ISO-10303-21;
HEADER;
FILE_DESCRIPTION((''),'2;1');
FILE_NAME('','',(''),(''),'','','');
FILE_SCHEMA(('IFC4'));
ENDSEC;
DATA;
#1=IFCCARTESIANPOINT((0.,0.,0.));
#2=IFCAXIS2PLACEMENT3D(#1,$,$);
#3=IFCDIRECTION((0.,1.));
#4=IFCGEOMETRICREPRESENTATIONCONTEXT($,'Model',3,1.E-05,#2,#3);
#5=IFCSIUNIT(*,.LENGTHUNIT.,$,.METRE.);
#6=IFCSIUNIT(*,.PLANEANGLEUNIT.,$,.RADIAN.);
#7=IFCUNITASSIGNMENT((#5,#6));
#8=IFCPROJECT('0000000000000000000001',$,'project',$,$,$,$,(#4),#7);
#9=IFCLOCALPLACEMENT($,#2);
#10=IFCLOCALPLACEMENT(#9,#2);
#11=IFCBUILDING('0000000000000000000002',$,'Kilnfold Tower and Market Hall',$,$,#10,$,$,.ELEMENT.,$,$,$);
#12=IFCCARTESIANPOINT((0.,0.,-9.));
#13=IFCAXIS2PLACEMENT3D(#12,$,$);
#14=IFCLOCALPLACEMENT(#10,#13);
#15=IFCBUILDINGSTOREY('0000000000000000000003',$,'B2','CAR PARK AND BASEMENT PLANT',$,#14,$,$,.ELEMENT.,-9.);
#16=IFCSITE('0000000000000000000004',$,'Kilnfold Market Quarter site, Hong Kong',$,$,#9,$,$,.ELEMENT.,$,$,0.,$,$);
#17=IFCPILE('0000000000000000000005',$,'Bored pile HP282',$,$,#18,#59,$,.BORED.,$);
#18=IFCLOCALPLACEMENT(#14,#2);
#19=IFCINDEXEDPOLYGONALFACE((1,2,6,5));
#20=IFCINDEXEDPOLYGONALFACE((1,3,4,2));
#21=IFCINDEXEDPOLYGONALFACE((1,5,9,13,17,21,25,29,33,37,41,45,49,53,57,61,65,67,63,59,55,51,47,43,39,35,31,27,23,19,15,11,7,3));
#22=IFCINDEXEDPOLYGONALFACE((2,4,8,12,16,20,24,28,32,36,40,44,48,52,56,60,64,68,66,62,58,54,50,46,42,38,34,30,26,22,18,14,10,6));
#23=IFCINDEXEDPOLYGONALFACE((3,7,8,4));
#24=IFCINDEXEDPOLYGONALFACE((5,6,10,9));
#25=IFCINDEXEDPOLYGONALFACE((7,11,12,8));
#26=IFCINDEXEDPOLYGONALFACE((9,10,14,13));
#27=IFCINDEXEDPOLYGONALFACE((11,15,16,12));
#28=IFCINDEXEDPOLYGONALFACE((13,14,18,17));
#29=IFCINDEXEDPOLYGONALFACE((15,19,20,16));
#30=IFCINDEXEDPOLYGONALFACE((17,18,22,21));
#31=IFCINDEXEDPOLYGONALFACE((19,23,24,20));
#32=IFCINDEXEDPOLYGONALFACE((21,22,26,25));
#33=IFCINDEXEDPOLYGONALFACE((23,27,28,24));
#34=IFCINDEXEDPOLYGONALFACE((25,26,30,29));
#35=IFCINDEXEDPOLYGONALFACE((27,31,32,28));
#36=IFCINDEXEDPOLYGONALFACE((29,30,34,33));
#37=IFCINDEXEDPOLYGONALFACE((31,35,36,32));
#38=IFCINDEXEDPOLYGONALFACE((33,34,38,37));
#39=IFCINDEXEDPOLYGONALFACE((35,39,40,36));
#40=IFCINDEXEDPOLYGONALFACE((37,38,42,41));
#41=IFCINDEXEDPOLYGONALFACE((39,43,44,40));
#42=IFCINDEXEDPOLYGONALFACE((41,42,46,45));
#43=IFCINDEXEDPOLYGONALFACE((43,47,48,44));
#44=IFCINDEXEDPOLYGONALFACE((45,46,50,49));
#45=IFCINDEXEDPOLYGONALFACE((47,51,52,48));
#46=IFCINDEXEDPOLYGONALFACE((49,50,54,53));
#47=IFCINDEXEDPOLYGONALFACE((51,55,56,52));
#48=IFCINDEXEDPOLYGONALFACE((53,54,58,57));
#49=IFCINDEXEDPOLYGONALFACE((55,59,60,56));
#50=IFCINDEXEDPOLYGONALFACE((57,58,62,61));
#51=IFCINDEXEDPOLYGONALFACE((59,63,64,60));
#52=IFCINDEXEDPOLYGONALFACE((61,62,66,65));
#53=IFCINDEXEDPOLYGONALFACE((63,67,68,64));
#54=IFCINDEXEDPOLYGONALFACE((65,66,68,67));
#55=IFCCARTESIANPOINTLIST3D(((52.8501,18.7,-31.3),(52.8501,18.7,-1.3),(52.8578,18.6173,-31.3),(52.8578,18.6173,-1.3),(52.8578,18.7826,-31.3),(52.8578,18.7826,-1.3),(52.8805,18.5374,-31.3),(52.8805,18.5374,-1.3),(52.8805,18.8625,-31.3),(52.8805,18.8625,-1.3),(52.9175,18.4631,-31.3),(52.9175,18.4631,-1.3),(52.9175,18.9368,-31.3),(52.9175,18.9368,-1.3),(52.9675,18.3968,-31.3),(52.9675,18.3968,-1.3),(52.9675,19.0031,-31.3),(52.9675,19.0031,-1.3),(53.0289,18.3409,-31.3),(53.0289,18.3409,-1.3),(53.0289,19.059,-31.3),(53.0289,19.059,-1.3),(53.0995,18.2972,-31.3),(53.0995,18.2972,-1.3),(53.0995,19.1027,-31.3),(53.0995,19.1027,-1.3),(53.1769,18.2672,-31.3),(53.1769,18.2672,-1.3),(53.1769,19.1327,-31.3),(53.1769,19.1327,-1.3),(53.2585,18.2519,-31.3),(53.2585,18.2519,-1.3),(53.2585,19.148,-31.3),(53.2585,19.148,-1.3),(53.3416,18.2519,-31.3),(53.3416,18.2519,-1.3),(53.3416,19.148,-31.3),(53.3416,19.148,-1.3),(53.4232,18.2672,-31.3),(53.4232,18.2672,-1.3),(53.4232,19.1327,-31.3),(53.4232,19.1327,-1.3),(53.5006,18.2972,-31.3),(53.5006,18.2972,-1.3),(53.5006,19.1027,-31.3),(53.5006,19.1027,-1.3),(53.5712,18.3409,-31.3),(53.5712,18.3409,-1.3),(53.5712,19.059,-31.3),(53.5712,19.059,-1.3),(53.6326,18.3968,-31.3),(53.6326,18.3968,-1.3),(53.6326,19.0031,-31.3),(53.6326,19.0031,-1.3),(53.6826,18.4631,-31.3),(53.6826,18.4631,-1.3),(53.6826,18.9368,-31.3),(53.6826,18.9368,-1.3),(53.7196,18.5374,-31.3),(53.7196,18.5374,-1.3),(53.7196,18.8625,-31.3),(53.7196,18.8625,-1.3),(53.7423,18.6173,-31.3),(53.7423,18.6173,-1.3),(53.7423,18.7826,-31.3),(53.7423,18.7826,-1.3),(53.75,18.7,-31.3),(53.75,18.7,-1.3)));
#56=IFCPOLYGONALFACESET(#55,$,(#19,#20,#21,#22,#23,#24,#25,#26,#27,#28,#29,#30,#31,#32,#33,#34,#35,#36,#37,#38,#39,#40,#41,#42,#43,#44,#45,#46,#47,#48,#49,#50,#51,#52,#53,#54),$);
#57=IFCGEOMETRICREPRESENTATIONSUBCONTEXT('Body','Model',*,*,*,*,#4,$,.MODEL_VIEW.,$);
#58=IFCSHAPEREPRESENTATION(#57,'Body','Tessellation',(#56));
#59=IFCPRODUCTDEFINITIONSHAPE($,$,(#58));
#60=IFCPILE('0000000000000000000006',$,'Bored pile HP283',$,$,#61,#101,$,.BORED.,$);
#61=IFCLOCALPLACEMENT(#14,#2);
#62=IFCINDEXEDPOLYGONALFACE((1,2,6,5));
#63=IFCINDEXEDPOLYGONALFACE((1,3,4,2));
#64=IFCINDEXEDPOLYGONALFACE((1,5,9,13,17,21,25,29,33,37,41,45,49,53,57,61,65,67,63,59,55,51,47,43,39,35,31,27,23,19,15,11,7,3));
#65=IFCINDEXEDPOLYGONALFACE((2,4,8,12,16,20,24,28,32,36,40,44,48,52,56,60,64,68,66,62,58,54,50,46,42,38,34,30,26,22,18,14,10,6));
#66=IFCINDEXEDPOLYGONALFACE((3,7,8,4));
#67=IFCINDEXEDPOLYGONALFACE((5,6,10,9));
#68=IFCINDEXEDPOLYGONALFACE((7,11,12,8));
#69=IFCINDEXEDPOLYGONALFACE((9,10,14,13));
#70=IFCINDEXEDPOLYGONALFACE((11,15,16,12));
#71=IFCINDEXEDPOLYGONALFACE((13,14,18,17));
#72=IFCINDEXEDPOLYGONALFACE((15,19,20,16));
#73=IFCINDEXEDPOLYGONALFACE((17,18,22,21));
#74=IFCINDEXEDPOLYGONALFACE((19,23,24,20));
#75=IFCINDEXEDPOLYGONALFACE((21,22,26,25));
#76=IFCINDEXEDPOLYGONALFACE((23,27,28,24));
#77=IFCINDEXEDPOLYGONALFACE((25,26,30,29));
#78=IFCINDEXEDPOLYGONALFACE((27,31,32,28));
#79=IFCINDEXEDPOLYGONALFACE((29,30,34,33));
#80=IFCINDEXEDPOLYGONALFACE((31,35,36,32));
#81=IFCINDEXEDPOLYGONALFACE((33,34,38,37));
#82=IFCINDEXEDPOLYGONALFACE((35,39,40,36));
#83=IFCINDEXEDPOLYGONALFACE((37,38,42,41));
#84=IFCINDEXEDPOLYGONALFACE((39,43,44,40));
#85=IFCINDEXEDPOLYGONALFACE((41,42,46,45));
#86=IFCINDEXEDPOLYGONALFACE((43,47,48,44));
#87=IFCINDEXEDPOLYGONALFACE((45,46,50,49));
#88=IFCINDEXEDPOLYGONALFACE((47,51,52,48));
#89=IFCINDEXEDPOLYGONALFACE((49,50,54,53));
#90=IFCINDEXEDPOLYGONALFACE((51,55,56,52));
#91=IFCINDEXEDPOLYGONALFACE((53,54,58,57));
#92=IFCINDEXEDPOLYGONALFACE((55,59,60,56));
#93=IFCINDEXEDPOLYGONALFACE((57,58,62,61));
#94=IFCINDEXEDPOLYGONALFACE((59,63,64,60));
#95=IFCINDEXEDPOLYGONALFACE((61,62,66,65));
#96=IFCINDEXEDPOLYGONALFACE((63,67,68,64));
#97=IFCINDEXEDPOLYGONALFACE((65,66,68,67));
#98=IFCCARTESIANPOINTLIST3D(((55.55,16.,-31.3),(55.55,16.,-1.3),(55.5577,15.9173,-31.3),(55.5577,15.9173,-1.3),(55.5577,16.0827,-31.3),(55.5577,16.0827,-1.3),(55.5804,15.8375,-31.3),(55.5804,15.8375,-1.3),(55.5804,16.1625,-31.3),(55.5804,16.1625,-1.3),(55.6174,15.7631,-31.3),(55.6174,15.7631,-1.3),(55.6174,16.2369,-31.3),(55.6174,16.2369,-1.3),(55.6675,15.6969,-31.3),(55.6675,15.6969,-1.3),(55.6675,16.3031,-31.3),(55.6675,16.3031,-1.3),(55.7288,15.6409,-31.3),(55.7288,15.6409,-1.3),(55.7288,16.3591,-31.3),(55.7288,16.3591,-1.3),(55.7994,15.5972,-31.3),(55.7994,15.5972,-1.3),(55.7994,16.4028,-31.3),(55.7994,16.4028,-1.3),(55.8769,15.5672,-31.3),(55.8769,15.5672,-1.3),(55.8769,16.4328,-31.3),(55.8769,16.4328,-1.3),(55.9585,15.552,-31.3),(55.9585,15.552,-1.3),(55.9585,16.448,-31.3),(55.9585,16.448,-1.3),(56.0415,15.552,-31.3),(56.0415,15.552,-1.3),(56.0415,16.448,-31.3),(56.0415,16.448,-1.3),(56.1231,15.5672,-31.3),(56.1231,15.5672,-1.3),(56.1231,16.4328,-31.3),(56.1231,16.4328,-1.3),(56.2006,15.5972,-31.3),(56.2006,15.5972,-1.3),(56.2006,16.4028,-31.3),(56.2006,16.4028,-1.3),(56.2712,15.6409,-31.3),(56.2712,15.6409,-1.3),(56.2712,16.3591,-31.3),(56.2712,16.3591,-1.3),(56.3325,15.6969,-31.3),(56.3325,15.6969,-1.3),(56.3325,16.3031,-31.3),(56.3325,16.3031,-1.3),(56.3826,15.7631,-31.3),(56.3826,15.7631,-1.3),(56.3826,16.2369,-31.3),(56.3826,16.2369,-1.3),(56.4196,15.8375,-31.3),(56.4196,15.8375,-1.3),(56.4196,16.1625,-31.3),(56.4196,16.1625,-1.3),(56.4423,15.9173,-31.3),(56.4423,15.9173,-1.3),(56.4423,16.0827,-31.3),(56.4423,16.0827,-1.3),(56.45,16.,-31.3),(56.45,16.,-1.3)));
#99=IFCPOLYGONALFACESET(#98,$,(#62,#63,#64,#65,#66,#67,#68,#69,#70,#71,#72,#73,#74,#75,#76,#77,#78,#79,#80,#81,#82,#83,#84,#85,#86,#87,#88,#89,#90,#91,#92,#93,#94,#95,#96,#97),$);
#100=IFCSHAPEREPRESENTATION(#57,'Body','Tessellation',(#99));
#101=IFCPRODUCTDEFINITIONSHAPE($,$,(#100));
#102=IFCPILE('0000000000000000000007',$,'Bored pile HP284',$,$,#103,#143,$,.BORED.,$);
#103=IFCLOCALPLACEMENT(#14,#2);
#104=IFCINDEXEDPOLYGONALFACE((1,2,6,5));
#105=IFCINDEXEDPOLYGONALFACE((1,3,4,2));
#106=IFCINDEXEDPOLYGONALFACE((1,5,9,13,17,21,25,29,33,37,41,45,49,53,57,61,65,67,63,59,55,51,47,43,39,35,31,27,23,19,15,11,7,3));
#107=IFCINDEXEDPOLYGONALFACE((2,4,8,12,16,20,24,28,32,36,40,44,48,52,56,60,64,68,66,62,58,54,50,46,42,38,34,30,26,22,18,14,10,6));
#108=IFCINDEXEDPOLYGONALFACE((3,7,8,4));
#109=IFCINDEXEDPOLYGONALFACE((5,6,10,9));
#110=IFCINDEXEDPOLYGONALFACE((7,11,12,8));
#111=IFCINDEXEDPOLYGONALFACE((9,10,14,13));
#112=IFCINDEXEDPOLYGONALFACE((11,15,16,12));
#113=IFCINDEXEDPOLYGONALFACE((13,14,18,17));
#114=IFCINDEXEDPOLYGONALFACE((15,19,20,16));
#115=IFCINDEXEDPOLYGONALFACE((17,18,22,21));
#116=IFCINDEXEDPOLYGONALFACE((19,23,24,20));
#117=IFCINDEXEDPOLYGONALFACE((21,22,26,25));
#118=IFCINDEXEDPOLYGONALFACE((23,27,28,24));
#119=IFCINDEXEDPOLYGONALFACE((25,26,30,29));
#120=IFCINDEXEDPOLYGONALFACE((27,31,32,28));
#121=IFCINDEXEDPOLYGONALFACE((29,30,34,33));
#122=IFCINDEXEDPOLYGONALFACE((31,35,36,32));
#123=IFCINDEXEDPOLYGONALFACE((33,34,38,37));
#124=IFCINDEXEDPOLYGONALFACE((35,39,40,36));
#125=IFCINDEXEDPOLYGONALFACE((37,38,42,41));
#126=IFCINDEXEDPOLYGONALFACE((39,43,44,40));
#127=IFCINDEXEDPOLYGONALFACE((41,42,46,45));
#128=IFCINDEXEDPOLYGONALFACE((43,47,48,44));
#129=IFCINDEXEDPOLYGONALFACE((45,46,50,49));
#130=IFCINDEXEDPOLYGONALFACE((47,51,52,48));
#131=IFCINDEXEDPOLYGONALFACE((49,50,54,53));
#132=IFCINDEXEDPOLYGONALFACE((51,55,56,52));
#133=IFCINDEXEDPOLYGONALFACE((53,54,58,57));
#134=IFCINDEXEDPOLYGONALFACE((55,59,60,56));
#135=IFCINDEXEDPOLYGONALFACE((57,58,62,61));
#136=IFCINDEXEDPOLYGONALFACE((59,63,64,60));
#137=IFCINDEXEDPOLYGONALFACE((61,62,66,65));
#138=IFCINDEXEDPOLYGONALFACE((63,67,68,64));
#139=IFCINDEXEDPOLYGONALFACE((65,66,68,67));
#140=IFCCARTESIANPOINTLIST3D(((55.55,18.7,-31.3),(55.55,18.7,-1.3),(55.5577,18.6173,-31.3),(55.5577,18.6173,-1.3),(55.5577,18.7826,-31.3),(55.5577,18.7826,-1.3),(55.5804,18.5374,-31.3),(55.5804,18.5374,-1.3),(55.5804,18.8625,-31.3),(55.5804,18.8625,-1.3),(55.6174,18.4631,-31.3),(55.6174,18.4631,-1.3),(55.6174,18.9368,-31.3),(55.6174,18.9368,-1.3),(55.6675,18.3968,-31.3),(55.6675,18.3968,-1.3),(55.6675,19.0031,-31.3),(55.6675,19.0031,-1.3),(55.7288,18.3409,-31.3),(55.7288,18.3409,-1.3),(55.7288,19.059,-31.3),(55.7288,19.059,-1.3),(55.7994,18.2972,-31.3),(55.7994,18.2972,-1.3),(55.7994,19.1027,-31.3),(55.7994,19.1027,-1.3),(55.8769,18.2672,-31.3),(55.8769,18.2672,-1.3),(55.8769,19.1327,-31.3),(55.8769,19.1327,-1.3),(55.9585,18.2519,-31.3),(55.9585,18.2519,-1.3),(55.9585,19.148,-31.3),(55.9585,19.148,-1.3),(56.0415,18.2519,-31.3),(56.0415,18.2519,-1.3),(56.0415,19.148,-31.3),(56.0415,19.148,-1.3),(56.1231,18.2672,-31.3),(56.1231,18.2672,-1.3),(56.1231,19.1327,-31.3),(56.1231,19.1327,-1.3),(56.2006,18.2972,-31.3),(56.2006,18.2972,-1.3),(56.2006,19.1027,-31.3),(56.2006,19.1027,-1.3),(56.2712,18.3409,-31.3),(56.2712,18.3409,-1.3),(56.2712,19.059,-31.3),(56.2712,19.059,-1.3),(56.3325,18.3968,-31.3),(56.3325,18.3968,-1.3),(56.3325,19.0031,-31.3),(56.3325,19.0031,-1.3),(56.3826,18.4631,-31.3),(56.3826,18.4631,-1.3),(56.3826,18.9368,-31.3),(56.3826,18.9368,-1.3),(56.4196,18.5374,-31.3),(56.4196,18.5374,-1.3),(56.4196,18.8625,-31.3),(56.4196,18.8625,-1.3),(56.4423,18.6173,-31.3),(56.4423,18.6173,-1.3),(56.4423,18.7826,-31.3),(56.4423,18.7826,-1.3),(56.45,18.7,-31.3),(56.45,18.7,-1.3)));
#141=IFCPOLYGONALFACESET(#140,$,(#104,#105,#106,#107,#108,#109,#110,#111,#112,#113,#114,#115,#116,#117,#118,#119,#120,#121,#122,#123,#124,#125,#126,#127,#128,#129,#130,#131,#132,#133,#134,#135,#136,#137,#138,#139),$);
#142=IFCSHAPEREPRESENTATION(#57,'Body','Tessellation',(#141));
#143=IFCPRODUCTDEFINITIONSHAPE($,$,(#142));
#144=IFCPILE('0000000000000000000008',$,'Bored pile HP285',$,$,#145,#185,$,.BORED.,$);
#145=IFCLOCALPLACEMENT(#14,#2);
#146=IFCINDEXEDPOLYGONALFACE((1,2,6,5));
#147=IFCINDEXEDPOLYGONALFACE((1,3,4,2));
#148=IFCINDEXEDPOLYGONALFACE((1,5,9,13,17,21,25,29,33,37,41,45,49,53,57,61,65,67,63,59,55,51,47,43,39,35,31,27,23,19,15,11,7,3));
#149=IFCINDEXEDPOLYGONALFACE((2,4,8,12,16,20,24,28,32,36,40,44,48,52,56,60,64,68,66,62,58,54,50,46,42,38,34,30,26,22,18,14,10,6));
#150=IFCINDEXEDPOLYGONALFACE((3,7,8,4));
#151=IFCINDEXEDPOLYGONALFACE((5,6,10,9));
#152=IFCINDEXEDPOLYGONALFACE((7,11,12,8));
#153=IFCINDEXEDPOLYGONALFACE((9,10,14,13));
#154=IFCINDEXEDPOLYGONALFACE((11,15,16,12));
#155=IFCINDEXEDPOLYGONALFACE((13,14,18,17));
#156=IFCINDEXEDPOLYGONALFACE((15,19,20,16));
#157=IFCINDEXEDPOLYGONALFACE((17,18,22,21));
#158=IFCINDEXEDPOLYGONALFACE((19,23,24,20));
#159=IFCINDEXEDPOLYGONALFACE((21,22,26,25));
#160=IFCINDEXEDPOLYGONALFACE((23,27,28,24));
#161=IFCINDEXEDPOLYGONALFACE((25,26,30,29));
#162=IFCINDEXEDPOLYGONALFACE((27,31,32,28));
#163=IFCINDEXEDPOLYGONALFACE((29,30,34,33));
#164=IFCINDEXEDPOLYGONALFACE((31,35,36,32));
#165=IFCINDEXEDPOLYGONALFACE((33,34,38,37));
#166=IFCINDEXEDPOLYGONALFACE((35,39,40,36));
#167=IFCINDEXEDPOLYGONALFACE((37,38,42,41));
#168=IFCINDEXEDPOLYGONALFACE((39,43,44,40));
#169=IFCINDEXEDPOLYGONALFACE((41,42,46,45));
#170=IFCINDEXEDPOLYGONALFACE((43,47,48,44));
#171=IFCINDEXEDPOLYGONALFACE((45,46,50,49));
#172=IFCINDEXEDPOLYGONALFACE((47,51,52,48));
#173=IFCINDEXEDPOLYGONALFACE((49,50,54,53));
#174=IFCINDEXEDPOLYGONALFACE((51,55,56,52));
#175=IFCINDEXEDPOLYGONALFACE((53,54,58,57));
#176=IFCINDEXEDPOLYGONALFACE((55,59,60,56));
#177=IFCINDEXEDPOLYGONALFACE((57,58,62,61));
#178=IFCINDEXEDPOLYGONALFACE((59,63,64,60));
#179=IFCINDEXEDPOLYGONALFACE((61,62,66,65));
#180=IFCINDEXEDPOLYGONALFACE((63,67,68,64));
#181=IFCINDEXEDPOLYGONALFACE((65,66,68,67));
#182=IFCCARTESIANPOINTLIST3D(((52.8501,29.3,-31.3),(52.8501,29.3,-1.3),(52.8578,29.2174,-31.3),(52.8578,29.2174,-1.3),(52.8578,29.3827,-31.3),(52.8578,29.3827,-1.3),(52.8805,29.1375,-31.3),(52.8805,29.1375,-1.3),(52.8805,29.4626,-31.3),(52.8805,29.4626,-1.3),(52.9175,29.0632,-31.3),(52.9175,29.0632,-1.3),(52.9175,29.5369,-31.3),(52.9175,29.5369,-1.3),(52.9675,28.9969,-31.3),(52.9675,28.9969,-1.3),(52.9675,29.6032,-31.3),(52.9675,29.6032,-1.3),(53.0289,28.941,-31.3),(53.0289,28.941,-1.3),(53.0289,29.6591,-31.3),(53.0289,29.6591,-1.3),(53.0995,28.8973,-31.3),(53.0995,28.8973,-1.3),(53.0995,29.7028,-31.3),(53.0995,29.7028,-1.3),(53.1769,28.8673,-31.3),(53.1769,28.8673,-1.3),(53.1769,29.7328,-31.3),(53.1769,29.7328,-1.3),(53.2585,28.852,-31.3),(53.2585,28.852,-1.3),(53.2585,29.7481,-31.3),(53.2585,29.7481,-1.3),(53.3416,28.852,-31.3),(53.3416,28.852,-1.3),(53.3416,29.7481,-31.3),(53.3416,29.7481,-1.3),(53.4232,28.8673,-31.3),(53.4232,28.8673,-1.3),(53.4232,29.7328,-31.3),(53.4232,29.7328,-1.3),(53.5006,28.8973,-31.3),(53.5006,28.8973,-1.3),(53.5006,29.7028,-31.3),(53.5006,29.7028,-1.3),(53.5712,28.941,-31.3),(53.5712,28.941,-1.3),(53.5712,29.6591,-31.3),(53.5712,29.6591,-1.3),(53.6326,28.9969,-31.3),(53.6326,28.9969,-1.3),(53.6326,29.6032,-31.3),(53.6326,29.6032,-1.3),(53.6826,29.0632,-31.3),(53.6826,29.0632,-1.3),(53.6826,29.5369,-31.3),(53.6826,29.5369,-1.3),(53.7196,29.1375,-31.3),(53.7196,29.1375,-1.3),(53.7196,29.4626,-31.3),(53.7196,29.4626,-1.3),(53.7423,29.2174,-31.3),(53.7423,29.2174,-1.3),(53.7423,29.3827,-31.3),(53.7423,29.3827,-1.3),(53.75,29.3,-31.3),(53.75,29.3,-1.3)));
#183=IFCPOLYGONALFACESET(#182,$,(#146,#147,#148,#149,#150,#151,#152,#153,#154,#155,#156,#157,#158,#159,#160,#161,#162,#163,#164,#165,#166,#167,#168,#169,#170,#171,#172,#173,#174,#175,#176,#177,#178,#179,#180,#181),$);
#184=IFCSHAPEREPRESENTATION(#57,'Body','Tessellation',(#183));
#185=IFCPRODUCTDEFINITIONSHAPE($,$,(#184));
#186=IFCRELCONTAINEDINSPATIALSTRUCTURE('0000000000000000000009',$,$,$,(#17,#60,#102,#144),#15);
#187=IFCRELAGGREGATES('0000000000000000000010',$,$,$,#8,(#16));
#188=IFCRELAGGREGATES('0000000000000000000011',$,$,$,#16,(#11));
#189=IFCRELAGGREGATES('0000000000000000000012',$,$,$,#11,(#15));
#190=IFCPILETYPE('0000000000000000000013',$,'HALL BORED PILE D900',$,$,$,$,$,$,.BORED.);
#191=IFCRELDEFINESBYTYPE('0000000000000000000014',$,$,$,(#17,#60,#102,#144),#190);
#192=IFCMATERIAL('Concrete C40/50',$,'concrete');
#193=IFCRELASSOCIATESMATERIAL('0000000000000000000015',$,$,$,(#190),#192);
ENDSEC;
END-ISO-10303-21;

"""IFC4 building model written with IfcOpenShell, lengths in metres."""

from ifc_helpers import new_model, si_unit, direction, frame, origin, origin_2d, place, context, subcontext, project, spatial, circle, extrude, source, transform, mapped, material, material_profile, profile_set, type_object, element, save


model = new_model("IFC4")

# Units and contexts
model_context = context("Model", 3, precision=1e-05, world=origin(), true_north=direction((0.0, 1.0)))
body_context = subcontext(model_context, "Body", "Model", "MODEL_VIEW")
ifc_project = project(units=[si_unit("LENGTHUNIT", "METRE"), si_unit("PLANEANGLEUNIT", "RADIAN")], contexts=[model_context])

# Site, building, storey
site_placement = place(None, origin())
site = spatial("IfcSite", under=ifc_project, at=site_placement, Name="Kilnfold Market Quarter site, Hong Kong", CompositionType="ELEMENT", RefElevation=0.0)
building_placement = place(site_placement, origin())
building = spatial("IfcBuilding", under=site, at=building_placement, Name="Kilnfold Tower and Market Hall", CompositionType="ELEMENT")
storey_placement = place(building_placement, frame((0.0, 0.0, -9.0)))
storey = spatial("IfcBuildingStorey", under=building, at=storey_placement, Name="B2", Description="CAR PARK AND BASEMENT PLANT", CompositionType="ELEMENT", Elevation=-9.0)

# Piles
ifc_material_1 = material(Name="Concrete C40/50", Category="concrete")
ifc_material_profile_1 = material_profile(ifc_material_1, circle(Radius=0.45, at=origin_2d()), Name="D900")
ifc_profile_set_1 = profile_set([ifc_material_profile_1], Name="Concrete C40/50")
pile_type = type_object("IfcPileType", Name="HALL BORED PILE D900", PredefinedType="BORED", material=ifc_profile_set_1)
shared_shape_1 = source(origin(), body_context, "Body", "SweptSolid", [
    extrude(circle(Radius=0.45, at=origin_2d()), origin(), (0.0, 0.0, 1.0), 30.0),
])
for number, where, z_axis, x_axis, name in (
    (1, (53.3, 18.7, -1.3), (0.0, 0.0, -1.0), (1.0, 0.0, 0.0), "Bored pile HP282"),
    (2, (56.0, 16.0, -1.3), (0.0, 0.0, -1.0), (1.0, 0.0, 0.0), "Bored pile HP283"),
    (3, (56.0, 18.7, -1.3), (0.0, 0.0, -1.0), (1.0, 0.0, 0.0), "Bored pile HP284"),
    (4, (53.3, 29.3, -1.3), (0.0, 0.0, -1.0), (1.0, 0.0, 0.0), "Bored pile HP285"),
):
    element("IfcPile", number, at=place(storey_placement, frame(where, z_axis=z_axis, x_axis=x_axis)), inside=storey, type_object=pile_type, Name=name, PredefinedType="BORED", context=body_context, shape_type="MappedRepresentation", body=[
        mapped(shared_shape_1, transform((0.0, 0.0, 0.0))),
    ])

save(model, "model.ifc")
